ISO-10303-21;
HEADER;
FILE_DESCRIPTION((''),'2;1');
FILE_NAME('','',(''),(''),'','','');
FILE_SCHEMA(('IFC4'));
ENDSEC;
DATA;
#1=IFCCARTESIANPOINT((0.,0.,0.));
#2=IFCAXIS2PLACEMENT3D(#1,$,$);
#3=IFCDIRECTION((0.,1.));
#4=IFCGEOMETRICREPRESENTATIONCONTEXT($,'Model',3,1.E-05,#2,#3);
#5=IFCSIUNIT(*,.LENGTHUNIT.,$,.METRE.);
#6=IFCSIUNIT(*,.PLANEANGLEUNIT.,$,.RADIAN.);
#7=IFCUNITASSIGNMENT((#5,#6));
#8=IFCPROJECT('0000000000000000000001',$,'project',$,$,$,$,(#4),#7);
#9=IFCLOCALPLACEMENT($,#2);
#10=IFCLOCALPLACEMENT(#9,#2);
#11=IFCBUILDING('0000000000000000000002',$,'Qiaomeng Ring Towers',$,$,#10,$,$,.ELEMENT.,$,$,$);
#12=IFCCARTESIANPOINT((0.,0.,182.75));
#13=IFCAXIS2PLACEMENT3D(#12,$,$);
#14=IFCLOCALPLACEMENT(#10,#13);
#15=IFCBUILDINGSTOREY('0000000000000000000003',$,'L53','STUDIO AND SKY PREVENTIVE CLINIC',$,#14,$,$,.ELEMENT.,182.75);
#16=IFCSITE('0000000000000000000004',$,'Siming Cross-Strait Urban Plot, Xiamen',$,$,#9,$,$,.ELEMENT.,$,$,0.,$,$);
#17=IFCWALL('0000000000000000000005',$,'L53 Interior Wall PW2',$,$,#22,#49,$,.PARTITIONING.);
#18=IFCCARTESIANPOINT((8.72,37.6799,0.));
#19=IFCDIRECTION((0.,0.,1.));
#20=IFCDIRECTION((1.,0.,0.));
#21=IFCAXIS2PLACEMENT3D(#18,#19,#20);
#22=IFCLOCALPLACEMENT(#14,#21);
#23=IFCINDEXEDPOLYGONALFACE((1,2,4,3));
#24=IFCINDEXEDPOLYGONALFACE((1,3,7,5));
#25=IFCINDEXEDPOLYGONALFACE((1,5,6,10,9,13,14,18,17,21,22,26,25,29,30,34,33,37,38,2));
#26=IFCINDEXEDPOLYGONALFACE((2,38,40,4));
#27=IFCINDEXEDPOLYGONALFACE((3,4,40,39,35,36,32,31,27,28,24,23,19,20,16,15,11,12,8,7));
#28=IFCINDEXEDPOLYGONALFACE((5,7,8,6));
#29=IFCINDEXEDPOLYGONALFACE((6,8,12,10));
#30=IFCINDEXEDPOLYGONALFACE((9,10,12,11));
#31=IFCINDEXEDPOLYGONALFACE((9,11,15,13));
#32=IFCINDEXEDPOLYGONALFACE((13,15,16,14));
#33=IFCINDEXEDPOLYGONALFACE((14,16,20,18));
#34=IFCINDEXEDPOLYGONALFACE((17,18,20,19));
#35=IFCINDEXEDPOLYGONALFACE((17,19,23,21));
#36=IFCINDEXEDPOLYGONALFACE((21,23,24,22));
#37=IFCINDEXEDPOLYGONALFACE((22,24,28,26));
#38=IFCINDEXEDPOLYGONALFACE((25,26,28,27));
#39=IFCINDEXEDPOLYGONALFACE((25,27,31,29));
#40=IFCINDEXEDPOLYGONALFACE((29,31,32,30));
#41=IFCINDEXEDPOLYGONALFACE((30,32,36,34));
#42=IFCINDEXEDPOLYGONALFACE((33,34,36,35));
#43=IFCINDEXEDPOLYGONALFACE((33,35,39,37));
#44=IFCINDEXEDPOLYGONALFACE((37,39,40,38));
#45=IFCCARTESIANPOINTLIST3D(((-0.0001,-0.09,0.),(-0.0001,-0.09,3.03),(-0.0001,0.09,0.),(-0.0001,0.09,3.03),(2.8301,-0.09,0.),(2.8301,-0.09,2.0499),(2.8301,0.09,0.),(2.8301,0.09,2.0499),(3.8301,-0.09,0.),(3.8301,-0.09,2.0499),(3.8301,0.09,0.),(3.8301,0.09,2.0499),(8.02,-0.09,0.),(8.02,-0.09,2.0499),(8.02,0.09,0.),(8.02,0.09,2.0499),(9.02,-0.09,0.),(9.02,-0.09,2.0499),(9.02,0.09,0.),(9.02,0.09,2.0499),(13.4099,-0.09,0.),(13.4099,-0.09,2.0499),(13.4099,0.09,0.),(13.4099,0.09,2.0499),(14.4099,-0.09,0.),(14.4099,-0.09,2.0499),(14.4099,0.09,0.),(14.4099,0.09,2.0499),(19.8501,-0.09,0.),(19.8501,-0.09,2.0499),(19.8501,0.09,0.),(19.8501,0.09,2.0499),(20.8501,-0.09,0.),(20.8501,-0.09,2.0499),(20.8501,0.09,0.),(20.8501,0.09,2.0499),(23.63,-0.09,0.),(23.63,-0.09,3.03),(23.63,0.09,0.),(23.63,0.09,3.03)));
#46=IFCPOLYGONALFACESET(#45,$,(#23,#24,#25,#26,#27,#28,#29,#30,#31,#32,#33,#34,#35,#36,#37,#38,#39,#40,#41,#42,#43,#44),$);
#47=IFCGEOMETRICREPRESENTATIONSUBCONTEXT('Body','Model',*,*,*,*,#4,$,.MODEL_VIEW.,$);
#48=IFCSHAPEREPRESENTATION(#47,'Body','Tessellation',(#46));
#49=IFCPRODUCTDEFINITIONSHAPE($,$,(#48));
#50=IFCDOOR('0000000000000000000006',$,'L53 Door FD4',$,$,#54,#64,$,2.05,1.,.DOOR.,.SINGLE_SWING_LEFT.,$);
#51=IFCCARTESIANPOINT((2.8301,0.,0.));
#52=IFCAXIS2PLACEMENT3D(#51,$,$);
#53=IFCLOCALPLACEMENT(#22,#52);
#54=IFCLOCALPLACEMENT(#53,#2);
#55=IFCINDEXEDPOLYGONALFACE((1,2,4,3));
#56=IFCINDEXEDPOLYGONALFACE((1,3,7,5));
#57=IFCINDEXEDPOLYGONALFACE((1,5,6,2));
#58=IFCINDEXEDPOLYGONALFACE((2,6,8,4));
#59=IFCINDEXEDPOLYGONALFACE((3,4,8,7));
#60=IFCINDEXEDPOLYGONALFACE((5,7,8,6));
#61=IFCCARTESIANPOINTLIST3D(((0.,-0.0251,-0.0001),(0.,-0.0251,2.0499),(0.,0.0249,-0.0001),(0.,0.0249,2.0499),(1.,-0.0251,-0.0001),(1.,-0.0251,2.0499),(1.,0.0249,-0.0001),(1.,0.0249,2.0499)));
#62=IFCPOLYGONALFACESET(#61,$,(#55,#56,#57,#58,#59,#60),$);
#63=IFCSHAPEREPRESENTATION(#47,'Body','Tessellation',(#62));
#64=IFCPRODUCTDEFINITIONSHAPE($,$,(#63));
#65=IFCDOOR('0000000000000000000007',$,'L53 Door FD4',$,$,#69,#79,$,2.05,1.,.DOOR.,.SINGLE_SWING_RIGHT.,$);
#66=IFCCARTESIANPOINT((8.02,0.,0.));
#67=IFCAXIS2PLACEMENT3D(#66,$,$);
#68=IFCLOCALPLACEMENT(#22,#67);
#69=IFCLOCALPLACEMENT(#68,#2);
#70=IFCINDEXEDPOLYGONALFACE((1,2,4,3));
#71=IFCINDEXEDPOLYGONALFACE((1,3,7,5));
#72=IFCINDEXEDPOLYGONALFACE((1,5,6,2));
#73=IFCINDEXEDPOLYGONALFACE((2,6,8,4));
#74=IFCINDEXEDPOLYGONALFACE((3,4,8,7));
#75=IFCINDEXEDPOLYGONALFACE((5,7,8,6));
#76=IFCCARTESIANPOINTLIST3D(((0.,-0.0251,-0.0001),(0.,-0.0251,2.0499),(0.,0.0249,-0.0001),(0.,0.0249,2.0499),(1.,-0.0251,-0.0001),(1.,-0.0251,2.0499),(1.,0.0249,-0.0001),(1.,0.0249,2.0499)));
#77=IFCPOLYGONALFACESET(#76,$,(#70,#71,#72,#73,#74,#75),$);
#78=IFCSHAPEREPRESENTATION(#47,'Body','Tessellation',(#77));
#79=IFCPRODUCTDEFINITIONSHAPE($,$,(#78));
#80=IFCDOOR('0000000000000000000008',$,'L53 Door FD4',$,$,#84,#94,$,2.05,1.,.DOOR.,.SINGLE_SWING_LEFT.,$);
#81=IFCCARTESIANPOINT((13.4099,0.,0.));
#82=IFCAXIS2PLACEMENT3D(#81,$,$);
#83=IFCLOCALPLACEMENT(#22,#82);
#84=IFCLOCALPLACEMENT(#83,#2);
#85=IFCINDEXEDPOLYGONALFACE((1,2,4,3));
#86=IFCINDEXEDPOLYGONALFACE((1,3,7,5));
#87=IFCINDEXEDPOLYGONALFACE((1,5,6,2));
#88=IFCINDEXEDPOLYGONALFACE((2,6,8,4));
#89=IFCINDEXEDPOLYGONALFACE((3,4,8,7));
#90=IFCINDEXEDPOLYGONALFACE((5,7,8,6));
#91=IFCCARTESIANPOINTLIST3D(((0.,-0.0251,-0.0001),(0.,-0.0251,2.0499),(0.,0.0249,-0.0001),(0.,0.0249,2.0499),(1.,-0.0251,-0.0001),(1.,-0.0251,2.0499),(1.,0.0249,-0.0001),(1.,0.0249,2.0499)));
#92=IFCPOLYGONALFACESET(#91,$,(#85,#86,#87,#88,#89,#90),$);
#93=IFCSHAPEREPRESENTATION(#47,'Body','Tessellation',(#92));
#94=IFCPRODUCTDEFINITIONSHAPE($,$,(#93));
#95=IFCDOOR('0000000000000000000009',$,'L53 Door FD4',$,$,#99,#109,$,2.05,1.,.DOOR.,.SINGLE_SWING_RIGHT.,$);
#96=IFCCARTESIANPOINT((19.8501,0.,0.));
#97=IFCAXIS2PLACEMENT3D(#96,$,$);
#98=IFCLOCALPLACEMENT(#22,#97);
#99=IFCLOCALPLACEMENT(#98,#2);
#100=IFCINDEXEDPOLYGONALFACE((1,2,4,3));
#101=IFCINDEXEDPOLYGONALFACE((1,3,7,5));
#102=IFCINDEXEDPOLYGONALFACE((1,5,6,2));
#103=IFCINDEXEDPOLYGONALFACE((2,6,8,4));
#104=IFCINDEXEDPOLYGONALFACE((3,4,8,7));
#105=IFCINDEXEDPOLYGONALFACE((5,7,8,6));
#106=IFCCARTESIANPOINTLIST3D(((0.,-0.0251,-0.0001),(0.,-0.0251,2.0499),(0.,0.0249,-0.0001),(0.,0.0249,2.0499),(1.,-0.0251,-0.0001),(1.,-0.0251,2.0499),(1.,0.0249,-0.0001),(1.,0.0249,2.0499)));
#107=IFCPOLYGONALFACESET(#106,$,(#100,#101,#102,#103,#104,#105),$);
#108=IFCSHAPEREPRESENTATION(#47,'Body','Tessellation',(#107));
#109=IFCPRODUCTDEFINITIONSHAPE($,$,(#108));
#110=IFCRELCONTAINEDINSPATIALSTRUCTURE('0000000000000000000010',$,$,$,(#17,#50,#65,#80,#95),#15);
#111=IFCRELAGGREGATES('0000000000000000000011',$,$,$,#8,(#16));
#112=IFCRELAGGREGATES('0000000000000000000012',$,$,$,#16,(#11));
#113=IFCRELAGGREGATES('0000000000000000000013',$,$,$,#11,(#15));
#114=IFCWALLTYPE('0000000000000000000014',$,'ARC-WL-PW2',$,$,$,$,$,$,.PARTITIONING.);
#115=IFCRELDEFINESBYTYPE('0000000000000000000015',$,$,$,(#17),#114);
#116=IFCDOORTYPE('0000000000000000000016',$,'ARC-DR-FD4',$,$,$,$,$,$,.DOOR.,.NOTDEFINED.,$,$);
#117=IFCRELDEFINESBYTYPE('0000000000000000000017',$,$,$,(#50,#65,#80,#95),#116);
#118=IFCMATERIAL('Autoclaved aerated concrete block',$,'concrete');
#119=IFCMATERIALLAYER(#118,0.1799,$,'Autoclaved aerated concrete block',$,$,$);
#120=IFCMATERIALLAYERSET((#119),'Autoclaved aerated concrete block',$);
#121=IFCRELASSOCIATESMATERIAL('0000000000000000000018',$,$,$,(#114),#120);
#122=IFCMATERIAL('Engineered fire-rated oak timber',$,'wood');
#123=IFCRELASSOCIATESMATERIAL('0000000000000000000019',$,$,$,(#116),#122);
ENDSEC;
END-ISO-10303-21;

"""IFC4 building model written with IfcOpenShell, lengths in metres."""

from ifc_helpers import new_model, si_unit, direction, frame, frame_2d, origin, place, context, subcontext, project, spatial, rectangle, extrude, source, transform, mapped, material, layer, layer_set, type_object, element, fill, save


model = new_model("IFC4")

# Units and contexts
model_context = context("Model", 3, precision=1e-05, world=origin(), true_north=direction((0.0, 1.0)))
body_context = subcontext(model_context, "Body", "Model", "MODEL_VIEW")
ifc_project = project(units=[si_unit("LENGTHUNIT", "METRE"), si_unit("PLANEANGLEUNIT", "RADIAN")], contexts=[model_context])

# Site, building, storey
site_placement = place(None, origin())
site = spatial("IfcSite", under=ifc_project, at=site_placement, Name="Siming Cross-Strait Urban Plot, Xiamen", CompositionType="ELEMENT", RefElevation=0.0)
building_placement = place(site_placement, origin())
building = spatial("IfcBuilding", under=site, at=building_placement, Name="Qiaomeng Ring Towers", CompositionType="ELEMENT")
storey_placement = place(building_placement, frame((0.0, 0.0, 182.75)))
storey = spatial("IfcBuildingStorey", under=building, at=storey_placement, Name="L53", Description="STUDIO AND SKY PREVENTIVE CLINIC", CompositionType="ELEMENT", Elevation=182.75)

# Wall, openings, doors
ifc_material_1 = material(Name="Autoclaved aerated concrete block", Category="concrete")
ifc_layer_1 = layer(ifc_material_1, 0.1799, Name="Autoclaved aerated concrete block")
ifc_layer_set_1 = layer_set([ifc_layer_1], Name="Autoclaved aerated concrete block")
wall_type_1 = type_object("IfcWallType", Name="ARC-WL-PW2", PredefinedType="PARTITIONING", material=ifc_layer_set_1)
wall_1_placement = place(storey_placement, frame((8.72, 37.6799, 0.0), z_axis=(0.0, 0.0, 1.0), x_axis=(1.0, 0.0, 0.0)))
wall_1 = element("IfcWall", 1, at=wall_1_placement, inside=storey, type_object=wall_type_1, Name="L53 Interior Wall PW2", PredefinedType="PARTITIONING", context=body_context, shape_type="SweptSolid", body=[
    extrude(rectangle(XDim=23.6301, YDim=0.1799, at=frame_2d((11.8149, 0.0))), origin(), (0.0, 0.0, 1.0), 3.03),
])
opening_1_placement = place(wall_1_placement, frame((2.8301, 0.0, 0.0)))
opening_1 = element("IfcOpeningElement", 2, at=opening_1_placement, cuts=wall_1, PredefinedType="OPENING", context=body_context, shape_type="SweptSolid", body=[
    extrude(rectangle(XDim=1.0, YDim=2.05, at=frame_2d((0.5, 1.0249))), frame((0.0, 0.0999, 0.0), z_axis=(0.0, -1.0, 0.0), x_axis=(1.0, 0.0, 0.0)), (0.0, 0.0, 1.0), 0.2),
])
opening_2_placement = place(wall_1_placement, frame((8.02, 0.0, 0.0)))
opening_2 = element("IfcOpeningElement", 3, at=opening_2_placement, cuts=wall_1, PredefinedType="OPENING", context=body_context, shape_type="SweptSolid", body=[
    extrude(rectangle(XDim=1.0, YDim=2.05, at=frame_2d((0.5, 1.0249))), frame((0.0, 0.0999, 0.0), z_axis=(0.0, -1.0, 0.0), x_axis=(1.0, 0.0, 0.0)), (0.0, 0.0, 1.0), 0.2),
])
opening_3_placement = place(wall_1_placement, frame((13.4099, 0.0, 0.0)))
opening_3 = element("IfcOpeningElement", 4, at=opening_3_placement, cuts=wall_1, PredefinedType="OPENING", context=body_context, shape_type="SweptSolid", body=[
    extrude(rectangle(XDim=1.0, YDim=2.05, at=frame_2d((0.5, 1.0249))), frame((0.0, 0.0999, 0.0), z_axis=(0.0, -1.0, 0.0), x_axis=(1.0, 0.0, 0.0)), (0.0, 0.0, 1.0), 0.2),
])
opening_4_placement = place(wall_1_placement, frame((19.8501, 0.0, 0.0)))
opening_4 = element("IfcOpeningElement", 5, at=opening_4_placement, cuts=wall_1, PredefinedType="OPENING", context=body_context, shape_type="SweptSolid", body=[
    extrude(rectangle(XDim=1.0, YDim=2.05, at=frame_2d((0.5, 1.0249))), frame((0.0, 0.0999, 0.0), z_axis=(0.0, -1.0, 0.0), x_axis=(1.0, 0.0, 0.0)), (0.0, 0.0, 1.0), 0.2),
])
ifc_material_2 = material(Name="Engineered fire-rated oak timber", Category="wood")
door_type_1 = type_object("IfcDoorType", Name="ARC-DR-FD4", OperationType="NOTDEFINED", PredefinedType="DOOR", material=ifc_material_2)
shared_shape_1 = source(origin(), body_context, "Body", "SweptSolid", [
    extrude(rectangle(XDim=1.0, YDim=2.05, at=frame_2d((0.5, 1.0249))), frame((0.0, 0.0249, 0.0), z_axis=(0.0, -1.0, 0.0), x_axis=(1.0, 0.0, 0.0)), (0.0, 0.0, 1.0), 0.05),
])
door_1_placement = place(opening_1_placement, origin())
door_1 = element("IfcDoor", 6, at=door_1_placement, inside=storey, type_object=door_type_1, Name="L53 Door FD4", OperationType="SINGLE_SWING_LEFT", OverallHeight=2.05, OverallWidth=1.0, PredefinedType="DOOR", context=body_context, shape_type="MappedRepresentation", body=[
    mapped(shared_shape_1, transform((0.0, 0.0, 0.0), x_axis=(1.0, 0.0, 0.0), y_axis=(0.0, 1.0, 0.0), z_axis=(0.0, 0.0, 1.0), scale=1.0)),
])
fill(opening_1, door_1)
door_2_placement = place(opening_2_placement, origin())
door_2 = element("IfcDoor", 7, at=door_2_placement, inside=storey, type_object=door_type_1, Name="L53 Door FD4", OperationType="SINGLE_SWING_RIGHT", OverallHeight=2.05, OverallWidth=1.0, PredefinedType="DOOR", context=body_context, shape_type="MappedRepresentation", body=[
    mapped(shared_shape_1, transform((0.0, 0.0, 0.0), x_axis=(1.0, 0.0, 0.0), y_axis=(0.0, 1.0, 0.0), z_axis=(0.0, 0.0, 1.0), scale=1.0)),
])
fill(opening_2, door_2)
door_3_placement = place(opening_3_placement, origin())
door_3 = element("IfcDoor", 8, at=door_3_placement, inside=storey, type_object=door_type_1, Name="L53 Door FD4", OperationType="SINGLE_SWING_LEFT", OverallHeight=2.05, OverallWidth=1.0, PredefinedType="DOOR", context=body_context, shape_type="MappedRepresentation", body=[
    mapped(shared_shape_1, transform((0.0, 0.0, 0.0), x_axis=(1.0, 0.0, 0.0), y_axis=(0.0, 1.0, 0.0), z_axis=(0.0, 0.0, 1.0), scale=1.0)),
])
fill(opening_3, door_3)
door_4_placement = place(opening_4_placement, origin())
door_4 = element("IfcDoor", 9, at=door_4_placement, inside=storey, type_object=door_type_1, Name="L53 Door FD4", OperationType="SINGLE_SWING_RIGHT", OverallHeight=2.05, OverallWidth=1.0, PredefinedType="DOOR", context=body_context, shape_type="MappedRepresentation", body=[
    mapped(shared_shape_1, transform((0.0, 0.0, 0.0), x_axis=(1.0, 0.0, 0.0), y_axis=(0.0, 1.0, 0.0), z_axis=(0.0, 0.0, 1.0), scale=1.0)),
])
fill(opening_4, door_4)

save(model, "model.ifc")
